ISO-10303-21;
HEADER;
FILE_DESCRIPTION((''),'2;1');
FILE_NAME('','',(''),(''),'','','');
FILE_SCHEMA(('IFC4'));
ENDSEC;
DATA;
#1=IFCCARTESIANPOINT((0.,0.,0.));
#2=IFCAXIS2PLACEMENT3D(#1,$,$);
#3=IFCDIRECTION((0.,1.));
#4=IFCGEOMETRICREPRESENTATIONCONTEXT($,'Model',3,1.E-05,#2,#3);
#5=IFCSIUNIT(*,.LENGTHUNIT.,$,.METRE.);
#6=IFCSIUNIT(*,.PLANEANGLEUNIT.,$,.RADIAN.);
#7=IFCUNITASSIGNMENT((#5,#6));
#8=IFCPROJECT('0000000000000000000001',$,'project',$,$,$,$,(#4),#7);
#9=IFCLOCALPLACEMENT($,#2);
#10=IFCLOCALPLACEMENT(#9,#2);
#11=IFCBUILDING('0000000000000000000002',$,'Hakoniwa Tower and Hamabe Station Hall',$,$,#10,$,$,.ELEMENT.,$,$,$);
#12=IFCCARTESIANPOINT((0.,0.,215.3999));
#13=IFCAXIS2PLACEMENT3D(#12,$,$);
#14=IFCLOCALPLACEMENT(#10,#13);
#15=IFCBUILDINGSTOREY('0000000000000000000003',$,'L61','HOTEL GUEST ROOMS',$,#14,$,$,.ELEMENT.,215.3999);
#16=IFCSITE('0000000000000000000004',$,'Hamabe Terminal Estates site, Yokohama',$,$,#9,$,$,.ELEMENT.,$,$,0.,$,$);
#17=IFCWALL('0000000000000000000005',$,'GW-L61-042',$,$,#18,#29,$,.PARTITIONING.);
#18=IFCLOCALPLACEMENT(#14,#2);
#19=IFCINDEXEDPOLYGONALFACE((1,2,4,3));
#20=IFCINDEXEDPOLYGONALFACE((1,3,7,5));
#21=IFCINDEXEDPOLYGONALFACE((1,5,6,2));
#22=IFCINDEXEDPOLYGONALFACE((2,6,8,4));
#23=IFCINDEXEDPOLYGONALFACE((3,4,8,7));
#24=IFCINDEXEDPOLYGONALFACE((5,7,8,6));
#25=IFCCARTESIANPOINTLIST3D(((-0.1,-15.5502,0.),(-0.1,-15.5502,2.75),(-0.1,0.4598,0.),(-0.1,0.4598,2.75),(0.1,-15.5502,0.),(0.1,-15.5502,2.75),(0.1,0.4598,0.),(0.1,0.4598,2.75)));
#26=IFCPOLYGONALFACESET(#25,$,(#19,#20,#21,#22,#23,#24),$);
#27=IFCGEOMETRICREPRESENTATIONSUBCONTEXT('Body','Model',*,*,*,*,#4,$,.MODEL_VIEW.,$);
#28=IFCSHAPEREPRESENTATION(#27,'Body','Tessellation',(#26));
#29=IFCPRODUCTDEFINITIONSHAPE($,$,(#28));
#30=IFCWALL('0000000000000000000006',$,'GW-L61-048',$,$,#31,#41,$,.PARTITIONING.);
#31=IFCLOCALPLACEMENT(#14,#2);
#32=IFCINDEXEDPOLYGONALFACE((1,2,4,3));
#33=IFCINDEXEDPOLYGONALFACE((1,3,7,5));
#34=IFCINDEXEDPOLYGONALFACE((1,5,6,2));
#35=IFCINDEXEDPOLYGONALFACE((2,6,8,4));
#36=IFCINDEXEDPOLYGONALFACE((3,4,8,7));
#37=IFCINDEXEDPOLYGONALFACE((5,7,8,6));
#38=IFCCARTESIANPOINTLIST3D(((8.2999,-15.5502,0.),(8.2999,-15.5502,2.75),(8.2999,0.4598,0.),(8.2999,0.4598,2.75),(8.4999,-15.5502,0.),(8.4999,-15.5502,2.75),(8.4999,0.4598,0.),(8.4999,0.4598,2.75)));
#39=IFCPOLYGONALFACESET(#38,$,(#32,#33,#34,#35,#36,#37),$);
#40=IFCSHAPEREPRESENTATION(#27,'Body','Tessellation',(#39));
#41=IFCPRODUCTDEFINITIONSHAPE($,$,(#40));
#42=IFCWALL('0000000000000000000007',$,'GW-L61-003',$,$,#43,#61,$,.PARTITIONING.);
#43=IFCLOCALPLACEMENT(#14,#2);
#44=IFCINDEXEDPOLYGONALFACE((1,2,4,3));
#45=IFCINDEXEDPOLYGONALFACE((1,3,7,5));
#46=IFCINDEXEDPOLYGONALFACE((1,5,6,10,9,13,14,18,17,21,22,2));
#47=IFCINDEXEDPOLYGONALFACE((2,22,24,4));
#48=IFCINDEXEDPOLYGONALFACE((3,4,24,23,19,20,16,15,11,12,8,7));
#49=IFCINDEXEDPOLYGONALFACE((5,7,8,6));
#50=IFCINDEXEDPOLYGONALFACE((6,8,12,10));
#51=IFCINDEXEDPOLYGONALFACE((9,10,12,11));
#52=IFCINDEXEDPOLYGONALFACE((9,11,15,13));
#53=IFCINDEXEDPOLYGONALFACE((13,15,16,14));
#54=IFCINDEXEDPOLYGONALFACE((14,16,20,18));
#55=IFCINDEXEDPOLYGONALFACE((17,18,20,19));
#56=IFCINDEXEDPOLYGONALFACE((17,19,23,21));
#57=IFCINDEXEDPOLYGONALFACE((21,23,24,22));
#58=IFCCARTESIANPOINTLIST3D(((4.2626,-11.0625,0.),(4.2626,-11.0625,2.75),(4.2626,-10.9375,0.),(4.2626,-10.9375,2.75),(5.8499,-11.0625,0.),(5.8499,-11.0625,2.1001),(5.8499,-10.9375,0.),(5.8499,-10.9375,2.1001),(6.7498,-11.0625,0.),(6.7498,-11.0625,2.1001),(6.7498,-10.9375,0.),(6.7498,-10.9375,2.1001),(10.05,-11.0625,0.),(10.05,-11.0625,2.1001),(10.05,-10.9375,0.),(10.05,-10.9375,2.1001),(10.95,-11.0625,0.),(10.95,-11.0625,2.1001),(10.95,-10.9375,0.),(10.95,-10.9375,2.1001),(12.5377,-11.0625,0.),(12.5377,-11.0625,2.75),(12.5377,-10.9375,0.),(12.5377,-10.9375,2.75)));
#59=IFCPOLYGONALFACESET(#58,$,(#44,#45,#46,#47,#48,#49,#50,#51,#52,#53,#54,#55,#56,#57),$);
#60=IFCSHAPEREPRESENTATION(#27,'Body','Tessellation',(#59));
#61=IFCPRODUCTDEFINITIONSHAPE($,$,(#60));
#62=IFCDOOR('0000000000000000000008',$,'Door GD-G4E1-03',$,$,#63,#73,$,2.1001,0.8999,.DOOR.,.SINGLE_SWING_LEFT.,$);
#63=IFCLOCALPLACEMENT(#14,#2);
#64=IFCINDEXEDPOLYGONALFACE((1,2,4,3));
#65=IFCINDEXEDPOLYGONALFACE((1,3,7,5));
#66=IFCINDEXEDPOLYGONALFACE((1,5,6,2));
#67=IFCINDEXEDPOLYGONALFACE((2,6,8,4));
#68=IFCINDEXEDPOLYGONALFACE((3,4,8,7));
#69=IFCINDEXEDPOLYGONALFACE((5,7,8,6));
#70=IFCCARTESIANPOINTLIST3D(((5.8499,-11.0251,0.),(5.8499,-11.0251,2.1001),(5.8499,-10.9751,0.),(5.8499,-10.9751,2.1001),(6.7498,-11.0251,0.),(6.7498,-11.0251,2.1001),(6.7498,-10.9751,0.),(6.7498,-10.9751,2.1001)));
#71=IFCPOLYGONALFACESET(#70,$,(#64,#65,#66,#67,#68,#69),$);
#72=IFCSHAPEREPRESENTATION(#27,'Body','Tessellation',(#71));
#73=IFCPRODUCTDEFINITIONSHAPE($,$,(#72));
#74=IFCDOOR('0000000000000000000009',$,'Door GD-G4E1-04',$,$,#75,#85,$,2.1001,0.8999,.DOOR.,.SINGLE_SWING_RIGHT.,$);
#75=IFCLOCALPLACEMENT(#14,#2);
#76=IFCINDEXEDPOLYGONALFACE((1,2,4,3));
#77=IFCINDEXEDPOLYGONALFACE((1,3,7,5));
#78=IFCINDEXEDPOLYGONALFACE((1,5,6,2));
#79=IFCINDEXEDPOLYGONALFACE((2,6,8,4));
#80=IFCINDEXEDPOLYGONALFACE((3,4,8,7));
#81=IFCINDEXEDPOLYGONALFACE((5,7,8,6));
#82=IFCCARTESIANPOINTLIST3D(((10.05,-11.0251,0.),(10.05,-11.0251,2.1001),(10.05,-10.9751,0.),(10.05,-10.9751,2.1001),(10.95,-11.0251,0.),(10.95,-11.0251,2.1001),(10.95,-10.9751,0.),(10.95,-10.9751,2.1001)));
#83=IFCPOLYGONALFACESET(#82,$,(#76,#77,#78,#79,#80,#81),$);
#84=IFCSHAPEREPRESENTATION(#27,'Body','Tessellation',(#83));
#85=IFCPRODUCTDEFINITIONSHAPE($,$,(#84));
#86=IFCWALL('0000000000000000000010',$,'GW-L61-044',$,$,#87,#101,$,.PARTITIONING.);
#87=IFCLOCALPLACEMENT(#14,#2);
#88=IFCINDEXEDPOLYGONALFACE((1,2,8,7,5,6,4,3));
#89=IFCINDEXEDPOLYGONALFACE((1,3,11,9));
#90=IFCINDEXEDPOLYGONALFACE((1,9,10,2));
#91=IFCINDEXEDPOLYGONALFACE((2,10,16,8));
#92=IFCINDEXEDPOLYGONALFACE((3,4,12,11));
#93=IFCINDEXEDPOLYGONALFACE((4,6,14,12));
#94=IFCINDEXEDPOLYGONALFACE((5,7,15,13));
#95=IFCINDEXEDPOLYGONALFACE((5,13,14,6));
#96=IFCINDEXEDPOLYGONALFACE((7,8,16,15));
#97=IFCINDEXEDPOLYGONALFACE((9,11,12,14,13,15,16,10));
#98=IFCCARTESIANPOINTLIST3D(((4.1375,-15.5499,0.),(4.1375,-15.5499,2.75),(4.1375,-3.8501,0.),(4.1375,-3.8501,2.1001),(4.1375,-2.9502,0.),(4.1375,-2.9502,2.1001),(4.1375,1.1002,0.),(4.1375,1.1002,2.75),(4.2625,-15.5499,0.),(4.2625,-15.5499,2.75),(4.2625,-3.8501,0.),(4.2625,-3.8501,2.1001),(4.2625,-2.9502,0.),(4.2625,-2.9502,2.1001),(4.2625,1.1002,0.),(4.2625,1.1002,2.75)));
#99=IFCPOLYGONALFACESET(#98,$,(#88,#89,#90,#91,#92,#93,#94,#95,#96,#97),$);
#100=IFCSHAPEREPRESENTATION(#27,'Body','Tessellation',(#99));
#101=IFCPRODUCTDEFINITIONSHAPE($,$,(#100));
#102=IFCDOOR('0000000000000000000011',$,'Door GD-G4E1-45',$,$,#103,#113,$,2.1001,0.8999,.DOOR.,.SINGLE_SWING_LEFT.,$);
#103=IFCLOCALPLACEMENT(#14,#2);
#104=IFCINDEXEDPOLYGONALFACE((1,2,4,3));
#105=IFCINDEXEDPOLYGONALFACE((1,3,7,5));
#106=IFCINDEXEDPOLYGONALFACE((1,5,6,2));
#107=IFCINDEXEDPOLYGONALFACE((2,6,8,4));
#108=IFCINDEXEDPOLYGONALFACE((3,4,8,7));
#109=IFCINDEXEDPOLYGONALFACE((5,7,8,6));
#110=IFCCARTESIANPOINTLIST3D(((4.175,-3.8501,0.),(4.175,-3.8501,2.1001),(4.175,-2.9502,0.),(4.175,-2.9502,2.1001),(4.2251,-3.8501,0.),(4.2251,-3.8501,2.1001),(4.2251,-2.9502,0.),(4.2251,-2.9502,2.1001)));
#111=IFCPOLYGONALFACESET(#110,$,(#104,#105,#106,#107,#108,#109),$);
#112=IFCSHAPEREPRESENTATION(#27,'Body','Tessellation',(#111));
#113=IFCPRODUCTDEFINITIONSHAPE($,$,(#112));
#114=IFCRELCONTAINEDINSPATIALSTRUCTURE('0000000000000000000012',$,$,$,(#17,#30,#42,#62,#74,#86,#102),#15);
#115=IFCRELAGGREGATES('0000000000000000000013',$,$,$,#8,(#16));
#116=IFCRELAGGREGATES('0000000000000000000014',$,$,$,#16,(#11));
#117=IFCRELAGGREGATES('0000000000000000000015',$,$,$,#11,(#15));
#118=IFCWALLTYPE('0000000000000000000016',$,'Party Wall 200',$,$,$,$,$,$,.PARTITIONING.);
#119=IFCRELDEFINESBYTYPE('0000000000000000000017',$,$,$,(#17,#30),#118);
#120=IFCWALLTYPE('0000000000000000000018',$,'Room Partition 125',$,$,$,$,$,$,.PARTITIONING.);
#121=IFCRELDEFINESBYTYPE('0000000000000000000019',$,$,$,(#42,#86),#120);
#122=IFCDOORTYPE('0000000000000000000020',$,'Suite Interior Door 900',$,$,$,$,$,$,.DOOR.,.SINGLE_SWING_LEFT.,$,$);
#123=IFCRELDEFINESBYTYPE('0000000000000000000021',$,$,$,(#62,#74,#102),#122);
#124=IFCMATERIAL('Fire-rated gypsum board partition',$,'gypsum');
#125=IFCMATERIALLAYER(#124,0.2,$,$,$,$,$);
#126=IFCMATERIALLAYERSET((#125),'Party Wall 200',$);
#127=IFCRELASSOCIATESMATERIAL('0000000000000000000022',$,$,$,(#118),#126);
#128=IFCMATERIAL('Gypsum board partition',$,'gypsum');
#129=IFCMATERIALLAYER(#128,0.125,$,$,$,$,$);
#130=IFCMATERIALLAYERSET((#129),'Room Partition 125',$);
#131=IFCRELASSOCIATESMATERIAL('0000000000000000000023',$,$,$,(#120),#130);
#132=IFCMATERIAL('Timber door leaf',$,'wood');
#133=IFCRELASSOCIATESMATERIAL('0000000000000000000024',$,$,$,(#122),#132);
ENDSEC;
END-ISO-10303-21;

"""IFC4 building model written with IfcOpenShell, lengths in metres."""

from ifc_helpers import new_model, si_unit, direction, frame, frame_2d, origin, place, context, subcontext, project, spatial, rectangle, extrude, material, layer, layer_set, type_object, element, fill, save


model = new_model("IFC4")

# Units and contexts
model_context = context("Model", 3, precision=1e-05, world=origin(), true_north=direction((0.0, 1.0)))
body_context = subcontext(model_context, "Body", "Model", "MODEL_VIEW")
ifc_project = project(units=[si_unit("LENGTHUNIT", "METRE"), si_unit("PLANEANGLEUNIT", "RADIAN")], contexts=[model_context])

# Site, building, storey
site_placement = place(None, origin())
site = spatial("IfcSite", under=ifc_project, at=site_placement, Name="Hamabe Terminal Estates site, Yokohama", CompositionType="ELEMENT", RefElevation=0.0)
building_placement = place(site_placement, origin())
building = spatial("IfcBuilding", under=site, at=building_placement, Name="Hakoniwa Tower and Hamabe Station Hall", CompositionType="ELEMENT")
storey_placement = place(building_placement, frame((0.0, 0.0, 215.3999)))
storey = spatial("IfcBuildingStorey", under=building, at=storey_placement, Name="L61", Description="HOTEL GUEST ROOMS", CompositionType="ELEMENT", Elevation=215.3999)

# Walls
ifc_material_1 = material(Name="Fire-rated gypsum board partition", Category="gypsum")
ifc_layer_1 = layer(ifc_material_1, 0.2)
ifc_layer_set_1 = layer_set([ifc_layer_1], Name="Party Wall 200")
wall_type_1 = type_object("IfcWallType", Name="Party Wall 200", PredefinedType="PARTITIONING", material=ifc_layer_set_1)
for number, where, z_axis, x_axis, name in (
    (1, (0.0, -15.55, 0.0), (0.0, 0.0, 1.0), (0.0, 1.0, 0.0), "GW-L61-042"),
    (2, (8.3999, -15.55, 0.0), (0.0, 0.0, 1.0), (0.0, 1.0, 0.0), "GW-L61-048"),
):
    element("IfcWall", number, at=place(storey_placement, frame(where, z_axis=z_axis, x_axis=x_axis)), inside=storey, type_object=wall_type_1, Name=name, PredefinedType="PARTITIONING", context=body_context, shape_type="SweptSolid", body=[
        extrude(rectangle(XDim=16.01, YDim=0.2, at=frame_2d((8.0049, 0.0))), origin(), (0.0, 0.0, 1.0), 2.75),
    ])

# Wall, openings, doors
ifc_material_2 = material(Name="Gypsum board partition", Category="gypsum")
ifc_layer_2 = layer(ifc_material_2, 0.125)
ifc_layer_set_2 = layer_set([ifc_layer_2], Name="Room Partition 125")
wall_type_2 = type_object("IfcWallType", Name="Room Partition 125", PredefinedType="PARTITIONING", material=ifc_layer_set_2)
wall_1_placement = place(storey_placement, frame((4.2625, -11.0, 0.0), z_axis=(0.0, 0.0, 1.0), x_axis=(1.0, 0.0, 0.0)))
wall_1 = element("IfcWall", 3, at=wall_1_placement, inside=storey, type_object=wall_type_2, Name="GW-L61-003", PredefinedType="PARTITIONING", context=body_context, shape_type="SweptSolid", body=[
    extrude(rectangle(XDim=8.2751, YDim=0.125, at=frame_2d((4.1377, 0.0))), origin(), (0.0, 0.0, 1.0), 2.75),
])
opening_1_placement = place(wall_1_placement, frame((1.5874, 0.0, 0.0)))
opening_1 = element("IfcOpeningElement", 4, at=opening_1_placement, cuts=wall_1, PredefinedType="OPENING", context=body_context, shape_type="SweptSolid", body=[
    extrude(rectangle(XDim=0.8999, YDim=2.1001, at=frame_2d((0.45, 1.05))), frame((0.0, 0.0725, 0.0), z_axis=(0.0, -1.0, 0.0), x_axis=(1.0, 0.0, 0.0)), (0.0, 0.0, 1.0), 0.145),
])
opening_2_placement = place(wall_1_placement, frame((5.7876, 0.0, 0.0)))
opening_2 = element("IfcOpeningElement", 5, at=opening_2_placement, cuts=wall_1, PredefinedType="OPENING", context=body_context, shape_type="SweptSolid", body=[
    extrude(rectangle(XDim=0.8999, YDim=2.1001, at=frame_2d((0.45, 1.05))), frame((0.0, 0.0725, 0.0), z_axis=(0.0, -1.0, 0.0), x_axis=(1.0, 0.0, 0.0)), (0.0, 0.0, 1.0), 0.145),
])
ifc_material_3 = material(Name="Timber door leaf", Category="wood")
door_type_1 = type_object("IfcDoorType", Name="Suite Interior Door 900", OperationType="SINGLE_SWING_LEFT", PredefinedType="DOOR", material=ifc_material_3)
door_1_placement = place(opening_1_placement, origin())
door_1 = element("IfcDoor", 6, at=door_1_placement, inside=storey, type_object=door_type_1, Name="Door GD-G4E1-03", OperationType="SINGLE_SWING_LEFT", OverallHeight=2.1001, OverallWidth=0.8999, PredefinedType="DOOR", context=body_context, shape_type="SweptSolid", body=[
    extrude(rectangle(XDim=0.8999, YDim=2.1001, at=frame_2d((0.45, 1.05))), frame((0.0, 0.0249, 0.0), z_axis=(0.0, -1.0, 0.0), x_axis=(1.0, 0.0, 0.0)), (0.0, 0.0, 1.0), 0.05),
])
fill(opening_1, door_1)
door_2_placement = place(opening_2_placement, origin())
door_2 = element("IfcDoor", 7, at=door_2_placement, inside=storey, type_object=door_type_1, Name="Door GD-G4E1-04", OperationType="SINGLE_SWING_RIGHT", OverallHeight=2.1001, OverallWidth=0.8999, PredefinedType="DOOR", context=body_context, shape_type="SweptSolid", body=[
    extrude(rectangle(XDim=0.8999, YDim=2.1001, at=frame_2d((0.45, 1.05))), frame((0.0, 0.0249, 0.0), z_axis=(0.0, -1.0, 0.0), x_axis=(1.0, 0.0, 0.0)), (0.0, 0.0, 1.0), 0.05),
])
fill(opening_2, door_2)

# Wall, opening, door
wall_2_placement = place(storey_placement, frame((4.2, -15.55, 0.0), z_axis=(0.0, 0.0, 1.0), x_axis=(0.0, 1.0, 0.0)))
wall_2 = element("IfcWall", 8, at=wall_2_placement, inside=storey, type_object=wall_type_2, Name="GW-L61-044", PredefinedType="PARTITIONING", context=body_context, shape_type="SweptSolid", body=[
    extrude(rectangle(XDim=16.6501, YDim=0.125, at=frame_2d((8.3252, 0.0))), origin(), (0.0, 0.0, 1.0), 2.75),
])
opening_3_placement = place(wall_2_placement, frame((11.7, 0.0, 0.0)))
opening_3 = element("IfcOpeningElement", 9, at=opening_3_placement, cuts=wall_2, PredefinedType="OPENING", context=body_context, shape_type="SweptSolid", body=[
    extrude(rectangle(XDim=0.8999, YDim=2.1001, at=frame_2d((0.45, 1.05))), frame((0.0, 0.0725, 0.0), z_axis=(0.0, -1.0, 0.0), x_axis=(1.0, 0.0, 0.0)), (0.0, 0.0, 1.0), 0.145),
])
door_3_placement = place(opening_3_placement, origin())
door_3 = element("IfcDoor", 10, at=door_3_placement, inside=storey, type_object=door_type_1, Name="Door GD-G4E1-45", OperationType="SINGLE_SWING_LEFT", OverallHeight=2.1001, OverallWidth=0.8999, PredefinedType="DOOR", context=body_context, shape_type="SweptSolid", body=[
    extrude(rectangle(XDim=0.8999, YDim=2.1001, at=frame_2d((0.45, 1.05))), frame((0.0, 0.0249, 0.0), z_axis=(0.0, -1.0, 0.0), x_axis=(1.0, 0.0, 0.0)), (0.0, 0.0, 1.0), 0.05),
])
fill(opening_3, door_3)

save(model, "model.ifc")
